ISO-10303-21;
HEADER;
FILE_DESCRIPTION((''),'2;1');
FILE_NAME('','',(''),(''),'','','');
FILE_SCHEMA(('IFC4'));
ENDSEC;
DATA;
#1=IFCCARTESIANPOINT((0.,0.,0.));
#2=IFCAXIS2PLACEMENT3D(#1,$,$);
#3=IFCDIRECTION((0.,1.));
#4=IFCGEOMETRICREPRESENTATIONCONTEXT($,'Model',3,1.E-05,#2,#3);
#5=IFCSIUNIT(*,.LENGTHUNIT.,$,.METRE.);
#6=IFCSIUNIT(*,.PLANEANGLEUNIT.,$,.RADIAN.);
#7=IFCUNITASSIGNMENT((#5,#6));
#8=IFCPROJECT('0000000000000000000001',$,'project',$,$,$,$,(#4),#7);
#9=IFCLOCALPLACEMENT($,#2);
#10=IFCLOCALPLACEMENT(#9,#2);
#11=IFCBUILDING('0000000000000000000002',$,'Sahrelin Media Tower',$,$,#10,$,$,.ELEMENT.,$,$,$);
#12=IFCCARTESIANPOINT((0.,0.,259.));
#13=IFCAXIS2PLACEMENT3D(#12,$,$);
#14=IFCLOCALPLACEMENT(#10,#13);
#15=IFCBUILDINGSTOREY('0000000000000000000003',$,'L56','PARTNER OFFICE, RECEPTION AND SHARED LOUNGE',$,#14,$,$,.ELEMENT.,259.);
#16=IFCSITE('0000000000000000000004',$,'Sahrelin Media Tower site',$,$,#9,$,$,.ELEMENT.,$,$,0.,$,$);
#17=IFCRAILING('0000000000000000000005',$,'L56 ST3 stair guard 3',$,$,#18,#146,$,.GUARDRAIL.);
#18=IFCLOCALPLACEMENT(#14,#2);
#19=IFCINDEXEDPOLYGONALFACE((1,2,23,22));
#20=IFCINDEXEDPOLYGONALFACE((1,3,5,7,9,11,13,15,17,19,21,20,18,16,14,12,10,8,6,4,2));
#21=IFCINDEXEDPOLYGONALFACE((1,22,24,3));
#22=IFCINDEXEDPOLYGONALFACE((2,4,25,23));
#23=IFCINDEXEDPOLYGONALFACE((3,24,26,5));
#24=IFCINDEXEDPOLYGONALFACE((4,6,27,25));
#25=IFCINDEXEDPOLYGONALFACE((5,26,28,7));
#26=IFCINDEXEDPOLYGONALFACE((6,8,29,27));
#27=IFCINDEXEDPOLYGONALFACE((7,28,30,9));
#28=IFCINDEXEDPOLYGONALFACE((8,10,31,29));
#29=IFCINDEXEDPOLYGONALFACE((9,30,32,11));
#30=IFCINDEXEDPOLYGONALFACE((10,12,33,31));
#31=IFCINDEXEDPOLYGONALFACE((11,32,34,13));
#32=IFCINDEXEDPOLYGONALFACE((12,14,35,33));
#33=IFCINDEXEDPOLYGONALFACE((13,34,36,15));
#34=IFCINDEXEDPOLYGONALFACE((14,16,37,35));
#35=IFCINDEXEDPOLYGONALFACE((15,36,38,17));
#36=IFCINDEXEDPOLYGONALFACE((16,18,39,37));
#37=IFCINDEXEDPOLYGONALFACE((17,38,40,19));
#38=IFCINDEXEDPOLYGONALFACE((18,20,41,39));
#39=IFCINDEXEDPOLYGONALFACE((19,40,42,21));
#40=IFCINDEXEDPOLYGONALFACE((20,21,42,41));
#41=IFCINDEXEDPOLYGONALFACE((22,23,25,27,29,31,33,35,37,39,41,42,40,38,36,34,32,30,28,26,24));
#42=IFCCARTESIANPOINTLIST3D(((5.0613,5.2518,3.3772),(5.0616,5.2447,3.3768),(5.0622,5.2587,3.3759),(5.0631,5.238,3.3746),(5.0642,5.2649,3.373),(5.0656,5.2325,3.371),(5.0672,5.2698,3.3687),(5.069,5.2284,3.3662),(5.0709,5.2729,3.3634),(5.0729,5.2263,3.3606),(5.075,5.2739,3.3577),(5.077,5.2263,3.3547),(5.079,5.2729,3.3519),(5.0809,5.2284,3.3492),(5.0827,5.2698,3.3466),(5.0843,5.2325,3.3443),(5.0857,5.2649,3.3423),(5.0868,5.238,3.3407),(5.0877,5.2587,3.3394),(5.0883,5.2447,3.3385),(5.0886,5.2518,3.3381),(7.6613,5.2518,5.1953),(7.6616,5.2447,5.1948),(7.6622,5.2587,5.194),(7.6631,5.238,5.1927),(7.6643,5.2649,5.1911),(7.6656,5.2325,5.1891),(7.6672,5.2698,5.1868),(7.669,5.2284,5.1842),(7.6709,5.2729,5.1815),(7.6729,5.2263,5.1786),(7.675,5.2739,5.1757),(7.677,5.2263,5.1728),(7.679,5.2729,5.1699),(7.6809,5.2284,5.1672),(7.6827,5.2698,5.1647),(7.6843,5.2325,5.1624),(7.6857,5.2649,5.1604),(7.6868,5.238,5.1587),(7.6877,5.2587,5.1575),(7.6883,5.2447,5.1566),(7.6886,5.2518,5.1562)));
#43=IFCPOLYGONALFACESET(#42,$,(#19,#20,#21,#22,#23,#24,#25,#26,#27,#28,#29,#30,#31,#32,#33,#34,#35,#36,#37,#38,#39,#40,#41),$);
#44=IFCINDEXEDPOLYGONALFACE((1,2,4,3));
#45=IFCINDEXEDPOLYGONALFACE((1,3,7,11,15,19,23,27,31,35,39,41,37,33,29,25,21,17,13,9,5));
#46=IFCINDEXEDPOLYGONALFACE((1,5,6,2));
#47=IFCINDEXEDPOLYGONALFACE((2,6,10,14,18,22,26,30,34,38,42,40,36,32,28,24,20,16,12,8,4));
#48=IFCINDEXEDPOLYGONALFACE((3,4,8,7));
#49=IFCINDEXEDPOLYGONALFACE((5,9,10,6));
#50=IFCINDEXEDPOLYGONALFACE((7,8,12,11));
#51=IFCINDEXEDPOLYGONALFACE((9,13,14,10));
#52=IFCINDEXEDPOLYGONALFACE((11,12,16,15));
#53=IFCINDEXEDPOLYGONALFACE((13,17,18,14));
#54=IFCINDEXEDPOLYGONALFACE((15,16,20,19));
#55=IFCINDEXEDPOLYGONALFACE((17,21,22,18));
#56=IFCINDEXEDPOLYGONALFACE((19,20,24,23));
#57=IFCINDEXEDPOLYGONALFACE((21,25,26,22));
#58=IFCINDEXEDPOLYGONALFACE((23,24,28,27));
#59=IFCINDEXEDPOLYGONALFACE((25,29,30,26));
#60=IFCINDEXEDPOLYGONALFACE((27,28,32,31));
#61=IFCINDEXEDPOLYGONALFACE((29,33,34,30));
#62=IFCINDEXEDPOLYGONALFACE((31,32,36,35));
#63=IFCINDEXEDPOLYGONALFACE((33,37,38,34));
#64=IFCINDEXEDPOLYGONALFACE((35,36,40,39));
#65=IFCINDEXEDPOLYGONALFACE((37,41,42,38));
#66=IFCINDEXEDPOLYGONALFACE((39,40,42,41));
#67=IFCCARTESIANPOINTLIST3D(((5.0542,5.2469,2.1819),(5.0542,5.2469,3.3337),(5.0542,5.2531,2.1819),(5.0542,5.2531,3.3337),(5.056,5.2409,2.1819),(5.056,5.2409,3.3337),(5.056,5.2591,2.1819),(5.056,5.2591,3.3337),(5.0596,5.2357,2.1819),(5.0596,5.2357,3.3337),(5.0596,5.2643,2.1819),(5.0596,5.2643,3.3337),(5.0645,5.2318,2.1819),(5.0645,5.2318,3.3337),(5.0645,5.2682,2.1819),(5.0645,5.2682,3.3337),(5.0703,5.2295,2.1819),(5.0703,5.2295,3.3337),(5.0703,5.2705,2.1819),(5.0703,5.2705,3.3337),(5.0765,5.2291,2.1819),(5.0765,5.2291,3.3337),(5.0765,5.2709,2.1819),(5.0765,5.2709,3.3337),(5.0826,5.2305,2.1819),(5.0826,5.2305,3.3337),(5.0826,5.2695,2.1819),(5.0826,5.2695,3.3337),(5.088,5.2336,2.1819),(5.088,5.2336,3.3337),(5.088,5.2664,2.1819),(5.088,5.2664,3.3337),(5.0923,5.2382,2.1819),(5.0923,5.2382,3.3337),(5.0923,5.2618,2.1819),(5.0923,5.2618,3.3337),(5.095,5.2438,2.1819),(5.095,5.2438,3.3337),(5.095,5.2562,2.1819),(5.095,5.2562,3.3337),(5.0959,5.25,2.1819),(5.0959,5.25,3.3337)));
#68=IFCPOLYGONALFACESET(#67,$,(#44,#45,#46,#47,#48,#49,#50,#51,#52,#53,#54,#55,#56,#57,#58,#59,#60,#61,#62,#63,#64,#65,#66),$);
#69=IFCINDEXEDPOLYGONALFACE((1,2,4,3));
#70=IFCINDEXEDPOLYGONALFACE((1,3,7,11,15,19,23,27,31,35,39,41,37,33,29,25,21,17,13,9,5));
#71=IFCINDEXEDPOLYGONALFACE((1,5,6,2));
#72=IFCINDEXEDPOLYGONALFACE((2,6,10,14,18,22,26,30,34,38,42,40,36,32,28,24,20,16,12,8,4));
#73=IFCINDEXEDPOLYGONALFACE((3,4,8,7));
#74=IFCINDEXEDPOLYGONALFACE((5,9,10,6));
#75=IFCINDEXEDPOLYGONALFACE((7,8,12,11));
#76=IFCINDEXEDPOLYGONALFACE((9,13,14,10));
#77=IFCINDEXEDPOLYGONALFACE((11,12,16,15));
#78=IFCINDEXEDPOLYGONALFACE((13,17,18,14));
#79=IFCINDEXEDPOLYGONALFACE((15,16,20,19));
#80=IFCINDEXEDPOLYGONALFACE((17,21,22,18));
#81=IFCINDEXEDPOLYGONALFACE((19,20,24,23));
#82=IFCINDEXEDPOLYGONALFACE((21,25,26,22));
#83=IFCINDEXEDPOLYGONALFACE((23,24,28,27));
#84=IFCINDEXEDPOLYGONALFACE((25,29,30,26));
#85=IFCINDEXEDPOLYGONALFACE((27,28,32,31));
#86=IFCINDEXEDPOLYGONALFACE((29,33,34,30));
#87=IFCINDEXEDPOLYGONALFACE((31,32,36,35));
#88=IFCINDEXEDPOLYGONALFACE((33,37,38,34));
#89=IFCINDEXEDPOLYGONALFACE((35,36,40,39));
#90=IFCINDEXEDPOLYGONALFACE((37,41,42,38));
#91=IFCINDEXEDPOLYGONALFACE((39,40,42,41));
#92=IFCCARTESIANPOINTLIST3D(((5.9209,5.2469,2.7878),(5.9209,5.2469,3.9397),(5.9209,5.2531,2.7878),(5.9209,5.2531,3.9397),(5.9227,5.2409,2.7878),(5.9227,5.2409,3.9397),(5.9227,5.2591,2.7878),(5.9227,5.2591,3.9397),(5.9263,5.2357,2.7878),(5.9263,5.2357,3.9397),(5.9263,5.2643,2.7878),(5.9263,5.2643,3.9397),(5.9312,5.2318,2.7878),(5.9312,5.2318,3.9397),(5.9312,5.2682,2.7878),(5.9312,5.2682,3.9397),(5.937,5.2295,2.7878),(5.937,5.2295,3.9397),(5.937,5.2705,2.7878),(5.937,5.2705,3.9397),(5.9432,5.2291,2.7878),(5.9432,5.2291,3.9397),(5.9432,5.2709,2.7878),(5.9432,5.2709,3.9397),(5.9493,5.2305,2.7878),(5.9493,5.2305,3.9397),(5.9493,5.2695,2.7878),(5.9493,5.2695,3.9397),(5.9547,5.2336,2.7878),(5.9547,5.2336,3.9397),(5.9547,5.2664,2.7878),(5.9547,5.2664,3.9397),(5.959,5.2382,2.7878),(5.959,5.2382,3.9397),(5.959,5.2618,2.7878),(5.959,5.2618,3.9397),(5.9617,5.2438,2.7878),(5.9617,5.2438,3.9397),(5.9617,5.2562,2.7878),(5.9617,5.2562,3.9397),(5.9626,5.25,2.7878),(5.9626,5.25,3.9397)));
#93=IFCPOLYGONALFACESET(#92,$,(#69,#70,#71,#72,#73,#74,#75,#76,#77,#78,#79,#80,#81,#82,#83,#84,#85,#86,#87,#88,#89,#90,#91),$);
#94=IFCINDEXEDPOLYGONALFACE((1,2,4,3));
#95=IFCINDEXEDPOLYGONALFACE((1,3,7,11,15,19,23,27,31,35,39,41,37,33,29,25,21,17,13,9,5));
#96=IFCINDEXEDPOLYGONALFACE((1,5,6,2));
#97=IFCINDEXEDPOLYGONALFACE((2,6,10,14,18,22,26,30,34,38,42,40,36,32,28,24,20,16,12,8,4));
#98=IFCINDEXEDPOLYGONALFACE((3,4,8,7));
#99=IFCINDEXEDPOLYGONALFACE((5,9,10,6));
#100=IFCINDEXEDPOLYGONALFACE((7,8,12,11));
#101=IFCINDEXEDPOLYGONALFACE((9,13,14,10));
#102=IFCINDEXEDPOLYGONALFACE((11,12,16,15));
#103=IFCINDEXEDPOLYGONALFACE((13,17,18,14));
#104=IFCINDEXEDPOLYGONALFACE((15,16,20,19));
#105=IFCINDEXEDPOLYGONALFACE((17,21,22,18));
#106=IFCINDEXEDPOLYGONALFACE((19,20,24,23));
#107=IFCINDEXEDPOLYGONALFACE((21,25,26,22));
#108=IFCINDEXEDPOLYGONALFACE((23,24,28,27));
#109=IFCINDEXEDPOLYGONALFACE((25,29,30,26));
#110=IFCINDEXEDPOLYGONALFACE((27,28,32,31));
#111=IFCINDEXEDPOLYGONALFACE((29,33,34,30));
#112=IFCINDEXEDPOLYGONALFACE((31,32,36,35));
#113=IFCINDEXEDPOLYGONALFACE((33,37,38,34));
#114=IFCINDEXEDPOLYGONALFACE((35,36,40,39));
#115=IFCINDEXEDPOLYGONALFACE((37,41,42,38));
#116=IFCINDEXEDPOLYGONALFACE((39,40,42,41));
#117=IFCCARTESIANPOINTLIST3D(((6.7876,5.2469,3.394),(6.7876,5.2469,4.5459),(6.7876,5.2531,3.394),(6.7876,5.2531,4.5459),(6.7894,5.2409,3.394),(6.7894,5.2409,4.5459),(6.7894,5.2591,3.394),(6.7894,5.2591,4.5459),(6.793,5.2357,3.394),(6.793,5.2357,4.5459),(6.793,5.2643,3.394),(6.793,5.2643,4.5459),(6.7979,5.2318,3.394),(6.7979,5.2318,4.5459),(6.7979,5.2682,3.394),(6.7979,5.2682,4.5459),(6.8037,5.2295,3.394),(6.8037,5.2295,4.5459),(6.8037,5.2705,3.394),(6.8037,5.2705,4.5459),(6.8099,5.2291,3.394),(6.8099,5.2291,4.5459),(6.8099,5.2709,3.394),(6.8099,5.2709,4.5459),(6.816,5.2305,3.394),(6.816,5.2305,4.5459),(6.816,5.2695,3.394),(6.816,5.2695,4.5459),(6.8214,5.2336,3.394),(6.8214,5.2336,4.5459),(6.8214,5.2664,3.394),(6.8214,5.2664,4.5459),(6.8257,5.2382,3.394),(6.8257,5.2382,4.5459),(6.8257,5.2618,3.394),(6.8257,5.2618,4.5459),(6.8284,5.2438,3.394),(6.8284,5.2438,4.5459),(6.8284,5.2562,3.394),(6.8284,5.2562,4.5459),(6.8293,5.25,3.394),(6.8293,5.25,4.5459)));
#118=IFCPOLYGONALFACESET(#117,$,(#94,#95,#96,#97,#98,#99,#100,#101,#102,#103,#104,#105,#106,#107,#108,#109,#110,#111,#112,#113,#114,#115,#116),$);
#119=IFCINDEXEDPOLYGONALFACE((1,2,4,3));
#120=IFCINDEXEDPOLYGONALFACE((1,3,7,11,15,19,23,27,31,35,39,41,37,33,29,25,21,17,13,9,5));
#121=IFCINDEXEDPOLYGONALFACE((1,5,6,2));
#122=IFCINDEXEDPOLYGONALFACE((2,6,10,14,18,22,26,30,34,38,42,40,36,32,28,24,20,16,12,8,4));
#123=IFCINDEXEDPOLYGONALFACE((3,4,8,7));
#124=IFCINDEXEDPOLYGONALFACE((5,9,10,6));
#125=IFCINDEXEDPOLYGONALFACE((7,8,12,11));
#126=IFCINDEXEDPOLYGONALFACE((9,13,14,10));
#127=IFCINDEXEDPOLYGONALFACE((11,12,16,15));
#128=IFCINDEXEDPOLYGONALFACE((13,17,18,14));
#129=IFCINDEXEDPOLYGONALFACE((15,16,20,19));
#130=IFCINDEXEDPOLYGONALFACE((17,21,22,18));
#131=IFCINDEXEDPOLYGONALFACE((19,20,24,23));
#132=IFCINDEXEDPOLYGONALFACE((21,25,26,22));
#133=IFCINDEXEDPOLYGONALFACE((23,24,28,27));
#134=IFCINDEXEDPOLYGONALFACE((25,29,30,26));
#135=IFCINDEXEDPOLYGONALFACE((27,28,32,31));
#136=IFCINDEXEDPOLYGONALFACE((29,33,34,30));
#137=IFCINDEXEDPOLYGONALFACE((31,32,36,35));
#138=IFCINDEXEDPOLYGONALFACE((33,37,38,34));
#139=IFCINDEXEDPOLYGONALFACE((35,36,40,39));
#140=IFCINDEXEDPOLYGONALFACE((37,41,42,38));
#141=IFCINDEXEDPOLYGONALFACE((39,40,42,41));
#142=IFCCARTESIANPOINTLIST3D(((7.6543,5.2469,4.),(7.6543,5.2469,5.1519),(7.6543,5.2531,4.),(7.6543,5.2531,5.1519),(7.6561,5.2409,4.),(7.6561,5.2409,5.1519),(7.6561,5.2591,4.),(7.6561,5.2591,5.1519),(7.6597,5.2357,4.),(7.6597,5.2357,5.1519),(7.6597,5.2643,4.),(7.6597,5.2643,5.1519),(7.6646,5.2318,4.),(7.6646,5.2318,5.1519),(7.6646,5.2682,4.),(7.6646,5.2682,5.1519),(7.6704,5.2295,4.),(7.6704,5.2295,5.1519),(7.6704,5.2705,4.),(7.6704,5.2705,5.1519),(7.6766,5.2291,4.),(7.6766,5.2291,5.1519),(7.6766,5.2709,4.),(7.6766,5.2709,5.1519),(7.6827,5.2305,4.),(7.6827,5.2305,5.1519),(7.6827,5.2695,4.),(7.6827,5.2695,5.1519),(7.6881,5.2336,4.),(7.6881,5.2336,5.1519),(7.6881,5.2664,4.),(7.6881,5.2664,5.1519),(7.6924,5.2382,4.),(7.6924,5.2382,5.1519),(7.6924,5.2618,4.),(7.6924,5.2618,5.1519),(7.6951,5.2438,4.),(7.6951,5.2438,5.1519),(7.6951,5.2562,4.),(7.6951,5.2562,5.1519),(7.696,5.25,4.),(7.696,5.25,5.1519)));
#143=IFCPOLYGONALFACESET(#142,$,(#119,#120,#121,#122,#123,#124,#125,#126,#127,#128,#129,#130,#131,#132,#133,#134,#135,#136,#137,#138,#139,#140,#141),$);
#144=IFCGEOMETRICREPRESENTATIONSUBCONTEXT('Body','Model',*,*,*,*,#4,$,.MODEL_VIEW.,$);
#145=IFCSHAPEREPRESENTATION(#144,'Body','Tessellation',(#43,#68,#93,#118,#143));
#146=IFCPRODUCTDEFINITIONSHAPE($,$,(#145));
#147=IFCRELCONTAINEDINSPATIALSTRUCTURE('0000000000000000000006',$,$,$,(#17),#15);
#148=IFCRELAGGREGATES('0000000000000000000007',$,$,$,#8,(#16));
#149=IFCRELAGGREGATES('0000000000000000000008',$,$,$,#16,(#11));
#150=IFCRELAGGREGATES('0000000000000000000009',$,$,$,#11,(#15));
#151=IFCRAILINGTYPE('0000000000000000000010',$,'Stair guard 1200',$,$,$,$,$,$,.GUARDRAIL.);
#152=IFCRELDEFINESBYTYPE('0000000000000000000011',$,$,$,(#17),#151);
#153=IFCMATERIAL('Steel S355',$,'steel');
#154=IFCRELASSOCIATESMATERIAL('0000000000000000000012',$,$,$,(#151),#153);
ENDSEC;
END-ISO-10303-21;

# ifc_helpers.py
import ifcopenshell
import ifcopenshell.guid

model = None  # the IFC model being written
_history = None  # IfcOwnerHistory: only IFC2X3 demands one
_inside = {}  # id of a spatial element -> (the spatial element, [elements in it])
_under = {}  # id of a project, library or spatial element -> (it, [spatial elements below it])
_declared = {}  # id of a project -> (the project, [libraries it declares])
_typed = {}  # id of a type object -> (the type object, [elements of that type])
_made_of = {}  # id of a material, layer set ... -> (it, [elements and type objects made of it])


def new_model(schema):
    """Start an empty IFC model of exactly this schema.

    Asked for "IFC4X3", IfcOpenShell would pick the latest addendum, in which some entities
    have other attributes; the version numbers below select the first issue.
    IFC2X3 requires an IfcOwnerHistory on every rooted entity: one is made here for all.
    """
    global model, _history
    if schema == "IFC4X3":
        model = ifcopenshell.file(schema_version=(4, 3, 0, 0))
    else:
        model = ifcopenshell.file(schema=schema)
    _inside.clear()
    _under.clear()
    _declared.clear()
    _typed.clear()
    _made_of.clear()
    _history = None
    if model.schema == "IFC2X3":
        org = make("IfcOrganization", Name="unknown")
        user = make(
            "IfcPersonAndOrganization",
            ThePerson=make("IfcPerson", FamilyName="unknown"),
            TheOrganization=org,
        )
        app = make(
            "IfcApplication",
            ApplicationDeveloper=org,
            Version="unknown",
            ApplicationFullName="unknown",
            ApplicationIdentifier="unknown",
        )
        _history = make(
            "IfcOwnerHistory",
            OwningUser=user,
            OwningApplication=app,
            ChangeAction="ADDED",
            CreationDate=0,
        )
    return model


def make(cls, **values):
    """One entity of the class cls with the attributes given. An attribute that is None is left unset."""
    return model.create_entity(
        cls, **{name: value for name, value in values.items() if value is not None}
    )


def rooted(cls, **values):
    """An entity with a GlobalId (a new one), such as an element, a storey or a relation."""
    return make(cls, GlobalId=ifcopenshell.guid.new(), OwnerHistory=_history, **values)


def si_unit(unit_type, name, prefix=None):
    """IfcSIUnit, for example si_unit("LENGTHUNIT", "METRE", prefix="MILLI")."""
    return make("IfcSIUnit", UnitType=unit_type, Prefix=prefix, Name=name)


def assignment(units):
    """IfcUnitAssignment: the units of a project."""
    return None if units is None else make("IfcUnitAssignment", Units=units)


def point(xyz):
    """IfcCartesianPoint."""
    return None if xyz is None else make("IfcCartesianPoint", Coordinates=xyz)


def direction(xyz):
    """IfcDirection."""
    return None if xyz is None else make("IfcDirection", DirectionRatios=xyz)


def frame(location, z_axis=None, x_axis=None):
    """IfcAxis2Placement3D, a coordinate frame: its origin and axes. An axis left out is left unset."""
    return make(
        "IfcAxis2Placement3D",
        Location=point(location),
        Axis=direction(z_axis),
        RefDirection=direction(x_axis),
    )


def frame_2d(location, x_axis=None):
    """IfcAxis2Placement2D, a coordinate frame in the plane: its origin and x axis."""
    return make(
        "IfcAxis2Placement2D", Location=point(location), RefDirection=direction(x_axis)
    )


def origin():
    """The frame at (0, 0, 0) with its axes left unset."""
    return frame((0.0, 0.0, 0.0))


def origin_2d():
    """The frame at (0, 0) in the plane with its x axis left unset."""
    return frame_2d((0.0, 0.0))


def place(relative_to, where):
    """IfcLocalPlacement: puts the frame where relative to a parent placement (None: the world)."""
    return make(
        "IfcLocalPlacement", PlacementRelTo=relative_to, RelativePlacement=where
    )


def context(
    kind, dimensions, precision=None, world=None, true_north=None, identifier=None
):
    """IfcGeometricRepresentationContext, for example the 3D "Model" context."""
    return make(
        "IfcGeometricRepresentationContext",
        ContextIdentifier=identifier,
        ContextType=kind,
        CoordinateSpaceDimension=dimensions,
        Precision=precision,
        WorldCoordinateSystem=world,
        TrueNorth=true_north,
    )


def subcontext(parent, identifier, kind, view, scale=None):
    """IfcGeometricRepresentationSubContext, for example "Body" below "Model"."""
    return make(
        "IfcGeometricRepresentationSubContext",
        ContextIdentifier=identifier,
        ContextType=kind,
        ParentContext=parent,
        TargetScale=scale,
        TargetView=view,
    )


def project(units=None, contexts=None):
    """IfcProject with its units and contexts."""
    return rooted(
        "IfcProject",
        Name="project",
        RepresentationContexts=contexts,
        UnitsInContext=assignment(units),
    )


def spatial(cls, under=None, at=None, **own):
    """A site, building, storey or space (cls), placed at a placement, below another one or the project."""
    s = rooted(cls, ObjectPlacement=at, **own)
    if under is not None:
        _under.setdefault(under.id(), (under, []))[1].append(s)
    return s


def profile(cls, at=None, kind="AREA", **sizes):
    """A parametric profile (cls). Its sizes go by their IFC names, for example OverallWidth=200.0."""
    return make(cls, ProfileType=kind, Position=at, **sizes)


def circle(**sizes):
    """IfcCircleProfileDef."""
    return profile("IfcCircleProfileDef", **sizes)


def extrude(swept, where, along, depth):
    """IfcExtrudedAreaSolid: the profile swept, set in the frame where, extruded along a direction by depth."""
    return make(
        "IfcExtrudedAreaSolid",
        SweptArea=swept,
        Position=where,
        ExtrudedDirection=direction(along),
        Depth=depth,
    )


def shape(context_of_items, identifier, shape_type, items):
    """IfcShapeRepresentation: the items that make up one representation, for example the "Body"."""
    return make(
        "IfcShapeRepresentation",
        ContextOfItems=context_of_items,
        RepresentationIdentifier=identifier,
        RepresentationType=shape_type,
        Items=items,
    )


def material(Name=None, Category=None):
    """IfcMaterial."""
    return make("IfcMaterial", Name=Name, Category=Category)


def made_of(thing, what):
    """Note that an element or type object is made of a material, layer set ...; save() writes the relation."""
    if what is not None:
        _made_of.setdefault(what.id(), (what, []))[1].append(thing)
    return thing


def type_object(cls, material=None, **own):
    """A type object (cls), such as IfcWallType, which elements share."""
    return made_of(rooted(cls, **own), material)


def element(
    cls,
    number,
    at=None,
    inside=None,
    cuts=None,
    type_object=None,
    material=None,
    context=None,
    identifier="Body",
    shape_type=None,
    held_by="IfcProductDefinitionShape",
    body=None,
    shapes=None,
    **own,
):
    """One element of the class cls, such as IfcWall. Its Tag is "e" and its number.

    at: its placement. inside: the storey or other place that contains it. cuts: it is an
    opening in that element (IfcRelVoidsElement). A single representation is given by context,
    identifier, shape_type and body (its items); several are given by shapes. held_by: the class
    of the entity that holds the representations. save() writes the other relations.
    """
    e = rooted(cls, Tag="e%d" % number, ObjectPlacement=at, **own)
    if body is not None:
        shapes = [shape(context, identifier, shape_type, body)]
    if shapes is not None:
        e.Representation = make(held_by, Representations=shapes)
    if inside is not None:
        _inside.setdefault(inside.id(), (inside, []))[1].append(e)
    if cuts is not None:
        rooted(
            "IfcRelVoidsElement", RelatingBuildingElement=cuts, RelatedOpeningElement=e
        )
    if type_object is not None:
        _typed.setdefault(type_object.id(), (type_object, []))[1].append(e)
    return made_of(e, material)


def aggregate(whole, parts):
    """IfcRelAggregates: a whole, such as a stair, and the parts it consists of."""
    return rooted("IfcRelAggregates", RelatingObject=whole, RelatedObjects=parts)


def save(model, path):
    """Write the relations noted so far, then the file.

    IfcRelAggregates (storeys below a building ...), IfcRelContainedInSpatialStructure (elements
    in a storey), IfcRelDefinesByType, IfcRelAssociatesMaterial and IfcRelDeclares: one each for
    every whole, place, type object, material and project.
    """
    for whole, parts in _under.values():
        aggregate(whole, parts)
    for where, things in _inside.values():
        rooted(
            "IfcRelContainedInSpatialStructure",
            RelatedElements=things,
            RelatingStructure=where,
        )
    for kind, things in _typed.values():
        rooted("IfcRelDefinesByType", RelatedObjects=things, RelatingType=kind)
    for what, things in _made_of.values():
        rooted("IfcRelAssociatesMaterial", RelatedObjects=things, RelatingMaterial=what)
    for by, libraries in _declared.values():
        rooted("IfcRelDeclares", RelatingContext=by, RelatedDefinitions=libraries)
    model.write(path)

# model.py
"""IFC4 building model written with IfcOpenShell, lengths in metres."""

from ifc_helpers import new_model, si_unit, direction, frame, origin, origin_2d, place, context, subcontext, project, spatial, circle, extrude, material, type_object, element, save


model = new_model("IFC4")

# Units and contexts
model_context = context("Model", 3, precision=1e-05, world=origin(), true_north=direction((0.0, 1.0)))
body_context = subcontext(model_context, "Body", "Model", "MODEL_VIEW")
ifc_project = project(units=[si_unit("LENGTHUNIT", "METRE"), si_unit("PLANEANGLEUNIT", "RADIAN")], contexts=[model_context])

# Site, building, storey
site_placement = place(None, origin())
site = spatial("IfcSite", under=ifc_project, at=site_placement, Name="Sahrelin Media Tower site", CompositionType="ELEMENT", RefElevation=0.0)
building_placement = place(site_placement, origin())
building = spatial("IfcBuilding", under=site, at=building_placement, Name="Sahrelin Media Tower", CompositionType="ELEMENT")
storey_placement = place(building_placement, frame((0.0, 0.0, 259.0)))
storey = spatial("IfcBuildingStorey", under=building, at=storey_placement, Name="L56", Description="PARTNER OFFICE, RECEPTION AND SHARED LOUNGE", CompositionType="ELEMENT", Elevation=259.0)

# Shared definitions
ifc_material_1 = material(Name="Steel S355", Category="steel")

# Railing
railing_type_1 = type_object("IfcRailingType", Name="Stair guard 1200", PredefinedType="GUARDRAIL", material=ifc_material_1)
railing_1_placement = place(storey_placement, frame((5.075, 5.25, 2.1819)))
element("IfcRailing", 1, at=railing_1_placement, inside=storey, type_object=railing_type_1, Name="L56 ST3 stair guard 3", PredefinedType="GUARDRAIL", context=body_context, shape_type="SweptSolid", body=[
    extrude(circle(Radius=0.0239, at=origin_2d()), frame((0.0, 0.0, 1.1758), z_axis=(0.819521, 0.0, 0.573049), x_axis=(0.0, 1.0, 0.0)), (0.0, 0.0, 1.0), 3.1726),
    extrude(circle(Radius=0.021, at=origin_2d()), origin(), (0.0, 0.0, 1.0), 1.1519),
    extrude(circle(Radius=0.021, at=origin_2d()), frame((0.8667, 0.0, 0.606)), (0.0, 0.0, 1.0), 1.1519),
    extrude(circle(Radius=0.021, at=origin_2d()), frame((1.7334, 0.0, 1.2122)), (0.0, 0.0, 1.0), 1.1519),
    extrude(circle(Radius=0.021, at=origin_2d()), frame((2.6001, 0.0, 1.8181)), (0.0, 0.0, 1.0), 1.1519),
])

save(model, "model.ifc")
